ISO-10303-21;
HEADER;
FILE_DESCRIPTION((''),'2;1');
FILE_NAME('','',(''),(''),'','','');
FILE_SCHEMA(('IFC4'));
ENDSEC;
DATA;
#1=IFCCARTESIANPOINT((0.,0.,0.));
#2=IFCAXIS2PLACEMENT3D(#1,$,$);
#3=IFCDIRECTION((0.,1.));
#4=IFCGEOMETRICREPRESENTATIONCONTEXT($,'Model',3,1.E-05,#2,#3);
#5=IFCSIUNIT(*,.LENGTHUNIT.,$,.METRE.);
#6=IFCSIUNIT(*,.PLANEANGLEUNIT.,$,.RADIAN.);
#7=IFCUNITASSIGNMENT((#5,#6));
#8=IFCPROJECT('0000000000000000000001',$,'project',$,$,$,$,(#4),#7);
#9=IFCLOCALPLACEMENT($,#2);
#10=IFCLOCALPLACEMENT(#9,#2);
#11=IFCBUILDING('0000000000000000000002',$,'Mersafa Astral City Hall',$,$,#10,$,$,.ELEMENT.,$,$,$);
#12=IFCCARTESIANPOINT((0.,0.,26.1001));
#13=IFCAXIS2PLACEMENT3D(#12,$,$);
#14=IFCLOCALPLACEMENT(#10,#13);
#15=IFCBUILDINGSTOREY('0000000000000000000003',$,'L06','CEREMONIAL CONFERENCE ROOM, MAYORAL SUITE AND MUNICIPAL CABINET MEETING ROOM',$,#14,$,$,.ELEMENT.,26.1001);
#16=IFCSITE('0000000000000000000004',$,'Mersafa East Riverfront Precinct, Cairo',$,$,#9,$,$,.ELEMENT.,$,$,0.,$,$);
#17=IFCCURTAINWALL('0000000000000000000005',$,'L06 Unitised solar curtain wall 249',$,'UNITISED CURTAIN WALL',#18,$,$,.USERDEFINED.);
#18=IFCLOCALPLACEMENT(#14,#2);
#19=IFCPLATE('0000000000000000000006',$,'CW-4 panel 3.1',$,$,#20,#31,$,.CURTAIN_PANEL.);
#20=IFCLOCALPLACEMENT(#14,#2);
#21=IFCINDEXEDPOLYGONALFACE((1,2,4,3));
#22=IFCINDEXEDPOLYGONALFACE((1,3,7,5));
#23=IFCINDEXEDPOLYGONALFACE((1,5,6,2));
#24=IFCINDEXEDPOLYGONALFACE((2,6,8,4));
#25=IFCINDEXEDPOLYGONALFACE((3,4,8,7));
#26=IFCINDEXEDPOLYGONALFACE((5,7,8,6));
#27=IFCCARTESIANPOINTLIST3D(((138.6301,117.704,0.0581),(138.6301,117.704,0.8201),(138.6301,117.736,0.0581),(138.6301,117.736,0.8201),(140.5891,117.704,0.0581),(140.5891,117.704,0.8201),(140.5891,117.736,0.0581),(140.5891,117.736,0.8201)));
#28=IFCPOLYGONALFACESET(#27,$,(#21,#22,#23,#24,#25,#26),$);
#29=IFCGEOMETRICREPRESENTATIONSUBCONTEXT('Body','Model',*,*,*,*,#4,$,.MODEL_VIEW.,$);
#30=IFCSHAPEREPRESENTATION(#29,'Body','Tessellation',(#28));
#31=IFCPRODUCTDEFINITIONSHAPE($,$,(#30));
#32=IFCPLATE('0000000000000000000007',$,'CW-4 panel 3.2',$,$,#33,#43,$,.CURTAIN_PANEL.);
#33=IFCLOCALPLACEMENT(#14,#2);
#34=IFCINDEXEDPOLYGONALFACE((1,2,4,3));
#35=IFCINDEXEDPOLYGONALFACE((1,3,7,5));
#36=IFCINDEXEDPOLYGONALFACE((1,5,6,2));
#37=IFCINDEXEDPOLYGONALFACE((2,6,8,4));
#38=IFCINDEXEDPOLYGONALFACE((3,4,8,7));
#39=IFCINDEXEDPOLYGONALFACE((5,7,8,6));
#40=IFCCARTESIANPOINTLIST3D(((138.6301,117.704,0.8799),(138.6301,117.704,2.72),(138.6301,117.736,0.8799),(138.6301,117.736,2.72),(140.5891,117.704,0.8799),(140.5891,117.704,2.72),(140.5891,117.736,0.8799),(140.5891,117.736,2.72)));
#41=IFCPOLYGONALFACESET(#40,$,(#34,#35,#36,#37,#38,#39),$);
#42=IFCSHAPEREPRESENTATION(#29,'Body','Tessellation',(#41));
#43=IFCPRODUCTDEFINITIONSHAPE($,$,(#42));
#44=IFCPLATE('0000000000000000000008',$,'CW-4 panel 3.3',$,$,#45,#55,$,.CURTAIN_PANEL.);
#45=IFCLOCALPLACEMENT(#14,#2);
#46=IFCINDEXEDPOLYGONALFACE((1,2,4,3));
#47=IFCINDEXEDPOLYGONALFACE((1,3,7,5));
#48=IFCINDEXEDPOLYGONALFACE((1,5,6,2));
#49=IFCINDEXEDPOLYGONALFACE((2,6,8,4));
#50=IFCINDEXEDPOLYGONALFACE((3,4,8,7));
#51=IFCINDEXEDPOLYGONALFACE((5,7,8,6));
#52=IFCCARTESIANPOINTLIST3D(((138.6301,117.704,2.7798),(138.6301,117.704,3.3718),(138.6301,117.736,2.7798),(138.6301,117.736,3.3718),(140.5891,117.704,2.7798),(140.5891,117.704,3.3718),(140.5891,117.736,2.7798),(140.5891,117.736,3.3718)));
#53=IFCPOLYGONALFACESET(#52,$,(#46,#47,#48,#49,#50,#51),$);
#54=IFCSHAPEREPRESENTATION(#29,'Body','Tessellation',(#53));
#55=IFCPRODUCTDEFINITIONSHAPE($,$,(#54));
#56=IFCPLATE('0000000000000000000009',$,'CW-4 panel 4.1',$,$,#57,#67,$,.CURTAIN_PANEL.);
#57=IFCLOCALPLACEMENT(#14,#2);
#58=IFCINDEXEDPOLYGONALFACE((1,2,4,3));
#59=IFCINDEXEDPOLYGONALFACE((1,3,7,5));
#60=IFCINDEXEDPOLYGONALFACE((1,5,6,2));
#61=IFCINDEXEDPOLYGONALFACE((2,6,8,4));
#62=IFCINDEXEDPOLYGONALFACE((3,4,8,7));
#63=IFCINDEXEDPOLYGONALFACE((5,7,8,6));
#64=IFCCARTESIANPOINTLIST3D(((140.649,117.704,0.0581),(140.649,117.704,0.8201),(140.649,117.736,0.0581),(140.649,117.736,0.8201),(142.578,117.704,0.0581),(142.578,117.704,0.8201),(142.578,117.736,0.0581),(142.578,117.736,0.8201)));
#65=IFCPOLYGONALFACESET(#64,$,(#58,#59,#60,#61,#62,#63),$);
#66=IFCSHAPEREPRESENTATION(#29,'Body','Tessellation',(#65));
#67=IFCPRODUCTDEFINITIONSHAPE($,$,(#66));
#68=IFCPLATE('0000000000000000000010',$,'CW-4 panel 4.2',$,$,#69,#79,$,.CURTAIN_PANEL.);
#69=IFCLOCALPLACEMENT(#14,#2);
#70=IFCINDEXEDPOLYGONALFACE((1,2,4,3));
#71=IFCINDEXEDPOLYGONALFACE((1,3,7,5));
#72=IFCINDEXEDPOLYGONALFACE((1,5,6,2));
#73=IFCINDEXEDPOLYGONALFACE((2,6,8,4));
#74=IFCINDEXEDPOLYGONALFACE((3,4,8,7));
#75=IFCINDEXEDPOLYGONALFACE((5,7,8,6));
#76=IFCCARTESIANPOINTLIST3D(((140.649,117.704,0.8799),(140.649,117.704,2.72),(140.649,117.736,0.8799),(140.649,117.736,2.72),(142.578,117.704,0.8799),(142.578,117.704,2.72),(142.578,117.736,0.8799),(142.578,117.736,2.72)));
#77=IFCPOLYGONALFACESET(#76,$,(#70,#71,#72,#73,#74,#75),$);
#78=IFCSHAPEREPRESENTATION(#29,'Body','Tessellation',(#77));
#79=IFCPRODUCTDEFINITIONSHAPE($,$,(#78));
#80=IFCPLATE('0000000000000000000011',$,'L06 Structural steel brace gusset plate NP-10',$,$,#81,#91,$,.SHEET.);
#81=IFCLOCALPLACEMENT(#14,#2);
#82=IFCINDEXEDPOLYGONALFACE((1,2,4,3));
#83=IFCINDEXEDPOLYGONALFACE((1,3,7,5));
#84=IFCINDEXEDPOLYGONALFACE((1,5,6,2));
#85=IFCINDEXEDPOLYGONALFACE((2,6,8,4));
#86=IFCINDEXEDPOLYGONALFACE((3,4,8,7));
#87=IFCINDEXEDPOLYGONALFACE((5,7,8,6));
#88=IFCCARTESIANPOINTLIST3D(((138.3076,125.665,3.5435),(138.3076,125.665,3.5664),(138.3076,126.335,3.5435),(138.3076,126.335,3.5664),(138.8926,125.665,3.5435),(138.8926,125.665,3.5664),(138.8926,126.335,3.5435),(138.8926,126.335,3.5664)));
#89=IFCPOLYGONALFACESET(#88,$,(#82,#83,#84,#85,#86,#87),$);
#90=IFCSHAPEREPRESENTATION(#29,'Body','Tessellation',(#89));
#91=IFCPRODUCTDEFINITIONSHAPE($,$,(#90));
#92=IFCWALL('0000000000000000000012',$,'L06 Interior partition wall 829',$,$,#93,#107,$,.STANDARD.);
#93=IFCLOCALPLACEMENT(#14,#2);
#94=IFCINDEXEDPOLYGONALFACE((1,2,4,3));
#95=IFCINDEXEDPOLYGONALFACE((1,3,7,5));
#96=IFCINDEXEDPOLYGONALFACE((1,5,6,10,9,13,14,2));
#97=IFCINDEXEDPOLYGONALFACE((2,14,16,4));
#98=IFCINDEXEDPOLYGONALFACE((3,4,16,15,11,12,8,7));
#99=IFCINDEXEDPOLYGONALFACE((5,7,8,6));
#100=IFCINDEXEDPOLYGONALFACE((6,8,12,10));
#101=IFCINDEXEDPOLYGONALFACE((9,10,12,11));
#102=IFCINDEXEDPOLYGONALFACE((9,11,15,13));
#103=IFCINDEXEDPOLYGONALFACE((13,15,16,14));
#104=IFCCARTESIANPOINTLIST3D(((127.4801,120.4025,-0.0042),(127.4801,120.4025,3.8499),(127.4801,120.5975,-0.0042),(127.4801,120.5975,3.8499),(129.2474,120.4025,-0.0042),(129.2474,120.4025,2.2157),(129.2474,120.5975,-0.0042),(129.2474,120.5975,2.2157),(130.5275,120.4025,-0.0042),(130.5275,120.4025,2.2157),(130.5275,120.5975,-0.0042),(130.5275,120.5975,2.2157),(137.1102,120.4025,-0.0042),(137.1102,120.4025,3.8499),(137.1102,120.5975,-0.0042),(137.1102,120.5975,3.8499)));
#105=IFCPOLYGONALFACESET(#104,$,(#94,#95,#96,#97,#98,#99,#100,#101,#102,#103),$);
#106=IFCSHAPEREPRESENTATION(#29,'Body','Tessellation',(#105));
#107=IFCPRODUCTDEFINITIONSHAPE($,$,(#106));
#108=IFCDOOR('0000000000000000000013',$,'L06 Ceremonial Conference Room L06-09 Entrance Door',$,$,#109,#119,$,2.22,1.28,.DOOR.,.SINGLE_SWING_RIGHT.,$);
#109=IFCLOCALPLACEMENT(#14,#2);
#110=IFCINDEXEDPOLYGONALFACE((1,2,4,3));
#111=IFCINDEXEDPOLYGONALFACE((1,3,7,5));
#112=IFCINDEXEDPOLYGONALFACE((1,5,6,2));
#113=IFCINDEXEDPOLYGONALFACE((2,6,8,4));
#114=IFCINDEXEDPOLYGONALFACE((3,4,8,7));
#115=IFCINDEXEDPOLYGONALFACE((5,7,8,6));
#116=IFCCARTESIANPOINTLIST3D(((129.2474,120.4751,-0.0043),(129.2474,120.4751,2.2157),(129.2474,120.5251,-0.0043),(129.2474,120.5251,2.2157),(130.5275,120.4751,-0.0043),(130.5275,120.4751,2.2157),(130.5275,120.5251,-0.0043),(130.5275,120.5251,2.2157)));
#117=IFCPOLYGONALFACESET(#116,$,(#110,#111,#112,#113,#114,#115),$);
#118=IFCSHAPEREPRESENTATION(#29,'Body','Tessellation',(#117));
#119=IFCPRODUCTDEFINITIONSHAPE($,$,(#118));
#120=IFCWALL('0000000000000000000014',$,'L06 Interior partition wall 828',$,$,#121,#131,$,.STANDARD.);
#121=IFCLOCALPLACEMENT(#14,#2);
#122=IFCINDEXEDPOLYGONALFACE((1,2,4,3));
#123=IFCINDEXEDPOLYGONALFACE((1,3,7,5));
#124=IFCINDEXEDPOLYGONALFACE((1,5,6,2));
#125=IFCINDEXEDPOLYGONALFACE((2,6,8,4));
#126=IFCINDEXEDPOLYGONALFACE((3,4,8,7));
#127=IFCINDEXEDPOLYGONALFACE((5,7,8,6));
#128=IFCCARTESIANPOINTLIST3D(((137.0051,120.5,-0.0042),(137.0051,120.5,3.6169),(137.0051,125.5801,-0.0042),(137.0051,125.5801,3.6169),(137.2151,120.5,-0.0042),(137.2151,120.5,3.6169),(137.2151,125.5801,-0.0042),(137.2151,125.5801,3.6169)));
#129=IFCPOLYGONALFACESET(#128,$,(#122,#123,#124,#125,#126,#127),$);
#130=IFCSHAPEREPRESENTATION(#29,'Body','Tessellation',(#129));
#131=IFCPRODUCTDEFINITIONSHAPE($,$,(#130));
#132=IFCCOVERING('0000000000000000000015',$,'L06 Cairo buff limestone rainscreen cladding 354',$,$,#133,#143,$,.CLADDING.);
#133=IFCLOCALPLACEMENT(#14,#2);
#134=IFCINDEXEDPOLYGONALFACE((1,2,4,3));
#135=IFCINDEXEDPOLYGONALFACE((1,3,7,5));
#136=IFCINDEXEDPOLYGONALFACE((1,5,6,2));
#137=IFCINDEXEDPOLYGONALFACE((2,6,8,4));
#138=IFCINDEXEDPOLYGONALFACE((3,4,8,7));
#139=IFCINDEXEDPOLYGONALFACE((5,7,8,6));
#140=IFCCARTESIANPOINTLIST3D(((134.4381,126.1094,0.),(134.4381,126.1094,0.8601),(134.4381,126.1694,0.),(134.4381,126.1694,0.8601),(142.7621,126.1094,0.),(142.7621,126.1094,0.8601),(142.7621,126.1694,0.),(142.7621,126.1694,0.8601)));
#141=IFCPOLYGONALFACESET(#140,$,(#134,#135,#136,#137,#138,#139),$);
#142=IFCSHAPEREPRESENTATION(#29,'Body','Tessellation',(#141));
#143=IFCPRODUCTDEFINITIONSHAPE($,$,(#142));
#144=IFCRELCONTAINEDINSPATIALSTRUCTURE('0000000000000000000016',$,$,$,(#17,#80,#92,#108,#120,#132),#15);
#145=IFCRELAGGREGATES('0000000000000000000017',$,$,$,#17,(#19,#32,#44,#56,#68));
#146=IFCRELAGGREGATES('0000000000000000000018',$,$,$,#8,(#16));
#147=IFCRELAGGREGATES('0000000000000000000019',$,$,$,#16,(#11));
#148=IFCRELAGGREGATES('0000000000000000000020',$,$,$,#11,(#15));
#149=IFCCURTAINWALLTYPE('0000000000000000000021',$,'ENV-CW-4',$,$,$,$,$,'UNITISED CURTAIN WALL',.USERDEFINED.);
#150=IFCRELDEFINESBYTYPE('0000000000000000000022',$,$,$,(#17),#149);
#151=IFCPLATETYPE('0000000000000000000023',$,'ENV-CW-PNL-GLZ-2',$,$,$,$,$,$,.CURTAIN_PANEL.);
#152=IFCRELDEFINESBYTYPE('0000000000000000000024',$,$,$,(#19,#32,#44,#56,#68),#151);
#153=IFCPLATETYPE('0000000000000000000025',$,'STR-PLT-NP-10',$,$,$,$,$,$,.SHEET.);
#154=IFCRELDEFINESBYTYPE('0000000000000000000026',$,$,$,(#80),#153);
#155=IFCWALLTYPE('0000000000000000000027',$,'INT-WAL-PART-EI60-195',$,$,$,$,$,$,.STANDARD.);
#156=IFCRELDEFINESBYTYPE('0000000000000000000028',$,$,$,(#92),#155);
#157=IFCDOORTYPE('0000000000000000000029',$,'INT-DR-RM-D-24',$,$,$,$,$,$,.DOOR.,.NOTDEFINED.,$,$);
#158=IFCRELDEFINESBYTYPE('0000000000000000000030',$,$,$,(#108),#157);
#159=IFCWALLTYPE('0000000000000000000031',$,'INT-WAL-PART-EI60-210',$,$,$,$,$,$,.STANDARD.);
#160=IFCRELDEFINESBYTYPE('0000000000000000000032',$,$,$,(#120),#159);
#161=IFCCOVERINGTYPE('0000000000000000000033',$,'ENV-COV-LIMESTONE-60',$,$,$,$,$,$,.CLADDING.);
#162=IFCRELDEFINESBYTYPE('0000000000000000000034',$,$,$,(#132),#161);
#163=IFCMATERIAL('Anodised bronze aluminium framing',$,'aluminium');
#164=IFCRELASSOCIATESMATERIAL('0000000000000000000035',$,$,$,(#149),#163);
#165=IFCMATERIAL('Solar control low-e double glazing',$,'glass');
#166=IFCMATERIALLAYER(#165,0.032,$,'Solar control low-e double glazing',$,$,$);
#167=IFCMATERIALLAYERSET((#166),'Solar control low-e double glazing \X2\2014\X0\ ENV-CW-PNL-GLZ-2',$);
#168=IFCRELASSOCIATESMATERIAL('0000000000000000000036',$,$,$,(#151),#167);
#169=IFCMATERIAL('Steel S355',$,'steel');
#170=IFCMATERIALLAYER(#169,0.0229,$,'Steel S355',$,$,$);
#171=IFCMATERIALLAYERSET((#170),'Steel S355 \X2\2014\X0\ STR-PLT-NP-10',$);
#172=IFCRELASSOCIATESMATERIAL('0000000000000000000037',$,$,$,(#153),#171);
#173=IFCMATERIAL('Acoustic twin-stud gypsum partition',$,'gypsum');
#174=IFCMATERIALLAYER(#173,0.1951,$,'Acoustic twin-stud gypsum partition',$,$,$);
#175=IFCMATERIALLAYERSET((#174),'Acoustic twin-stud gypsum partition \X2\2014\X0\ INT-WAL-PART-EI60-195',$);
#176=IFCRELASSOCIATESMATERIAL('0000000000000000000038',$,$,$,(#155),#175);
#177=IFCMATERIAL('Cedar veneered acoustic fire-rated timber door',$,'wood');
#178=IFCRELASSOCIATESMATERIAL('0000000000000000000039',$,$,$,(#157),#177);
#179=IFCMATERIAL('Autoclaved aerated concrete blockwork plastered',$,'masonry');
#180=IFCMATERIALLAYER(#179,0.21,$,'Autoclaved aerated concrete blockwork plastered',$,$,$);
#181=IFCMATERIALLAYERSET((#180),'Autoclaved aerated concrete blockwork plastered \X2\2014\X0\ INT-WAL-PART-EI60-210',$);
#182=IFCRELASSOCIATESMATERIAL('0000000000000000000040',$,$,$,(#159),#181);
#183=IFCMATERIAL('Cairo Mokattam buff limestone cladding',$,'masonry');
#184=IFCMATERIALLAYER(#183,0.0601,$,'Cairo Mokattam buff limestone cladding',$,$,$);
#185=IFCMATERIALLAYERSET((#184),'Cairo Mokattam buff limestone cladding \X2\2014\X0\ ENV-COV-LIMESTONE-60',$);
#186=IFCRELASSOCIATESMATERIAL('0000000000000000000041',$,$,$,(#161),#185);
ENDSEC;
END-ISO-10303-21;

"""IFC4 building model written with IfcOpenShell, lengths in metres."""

from ifc_helpers import new_model, si_unit, direction, frame, frame_2d, origin, origin_2d, place, context, subcontext, project, spatial, rectangle, extrude, material, layer, layer_set, type_object, element, fill, aggregate, save


model = new_model("IFC4")

# Units and contexts
model_context = context("Model", 3, precision=1e-05, world=origin(), true_north=direction((0.0, 1.0)))
body_context = subcontext(model_context, "Body", "Model", "MODEL_VIEW")
ifc_project = project(units=[si_unit("LENGTHUNIT", "METRE"), si_unit("PLANEANGLEUNIT", "RADIAN")], contexts=[model_context])

# Site, building, storey
site_placement = place(None, origin())
site = spatial("IfcSite", under=ifc_project, at=site_placement, Name="Mersafa East Riverfront Precinct, Cairo", CompositionType="ELEMENT", RefElevation=0.0)
building_placement = place(site_placement, origin())
building = spatial("IfcBuilding", under=site, at=building_placement, Name="Mersafa Astral City Hall", CompositionType="ELEMENT")
storey_placement = place(building_placement, frame((0.0, 0.0, 26.1001)))
storey = spatial("IfcBuildingStorey", under=building, at=storey_placement, Name="L06", Description="CEREMONIAL CONFERENCE ROOM, MAYORAL SUITE AND MUNICIPAL CABINET MEETING ROOM", CompositionType="ELEMENT", Elevation=26.1001)

# Curtain wall, plates
ifc_material_1 = material(Name="Anodised bronze aluminium framing", Category="aluminium")
curtain_wall_type = type_object("IfcCurtainWallType", Name="ENV-CW-4", ElementType="UNITISED CURTAIN WALL", PredefinedType="USERDEFINED", material=ifc_material_1)
curtain_wall_placement = place(storey_placement, origin())
curtain_wall = element("IfcCurtainWall", 1, at=curtain_wall_placement, inside=storey, type_object=curtain_wall_type, Name="L06 Unitised solar curtain wall 249", ObjectType="UNITISED CURTAIN WALL", PredefinedType="USERDEFINED")
ifc_material_2 = material(Name="Solar control low-e double glazing", Category="glass")
ifc_layer_1 = layer(ifc_material_2, 0.032, Name="Solar control low-e double glazing")
ifc_layer_set_1 = layer_set([ifc_layer_1], Name="Solar control low-e double glazing — ENV-CW-PNL-GLZ-2")
plate_type_1 = type_object("IfcPlateType", Name="ENV-CW-PNL-GLZ-2", PredefinedType="CURTAIN_PANEL", material=ifc_layer_set_1)
plate_1_placement = place(storey_placement, frame((139.6096, 117.72, 0.0581), z_axis=(0.0, 0.0, 1.0), x_axis=(1.0, 0.0, 0.0)))
plate_1 = element("IfcPlate", 2, at=plate_1_placement, type_object=plate_type_1, Name="CW-4 panel 3.1", PredefinedType="CURTAIN_PANEL", context=body_context, shape_type="SweptSolid", body=[
    extrude(rectangle(XDim=1.959, YDim=0.032, at=origin_2d()), origin(), (0.0, 0.0, 1.0), 0.762),
])
plate_2_placement = place(storey_placement, frame((139.6096, 117.72, 0.8799), z_axis=(0.0, 0.0, 1.0), x_axis=(1.0, 0.0, 0.0)))
plate_2 = element("IfcPlate", 3, at=plate_2_placement, type_object=plate_type_1, Name="CW-4 panel 3.2", PredefinedType="CURTAIN_PANEL", context=body_context, shape_type="SweptSolid", body=[
    extrude(rectangle(XDim=1.959, YDim=0.032, at=origin_2d()), origin(), (0.0, 0.0, 1.0), 1.8401),
])
plate_3_placement = place(storey_placement, frame((139.6096, 117.72, 2.7798), z_axis=(0.0, 0.0, 1.0), x_axis=(1.0, 0.0, 0.0)))
plate_3 = element("IfcPlate", 4, at=plate_3_placement, type_object=plate_type_1, Name="CW-4 panel 3.3", PredefinedType="CURTAIN_PANEL", context=body_context, shape_type="SweptSolid", body=[
    extrude(rectangle(XDim=1.959, YDim=0.032, at=origin_2d()), origin(), (0.0, 0.0, 1.0), 0.592),
])
plate_4_placement = place(storey_placement, frame((141.6135, 117.72, 0.0581), z_axis=(0.0, 0.0, 1.0), x_axis=(1.0, 0.0, 0.0)))
plate_4 = element("IfcPlate", 5, at=plate_4_placement, type_object=plate_type_1, Name="CW-4 panel 4.1", PredefinedType="CURTAIN_PANEL", context=body_context, shape_type="SweptSolid", body=[
    extrude(rectangle(XDim=1.929, YDim=0.032, at=origin_2d()), origin(), (0.0, 0.0, 1.0), 0.762),
])
plate_5_placement = place(storey_placement, frame((141.6135, 117.72, 0.8799), z_axis=(0.0, 0.0, 1.0), x_axis=(1.0, 0.0, 0.0)))
plate_5 = element("IfcPlate", 6, at=plate_5_placement, type_object=plate_type_1, Name="CW-4 panel 4.2", PredefinedType="CURTAIN_PANEL", context=body_context, shape_type="SweptSolid", body=[
    extrude(rectangle(XDim=1.929, YDim=0.032, at=origin_2d()), origin(), (0.0, 0.0, 1.0), 1.8401),
])
aggregate(curtain_wall, [plate_1, plate_2, plate_3, plate_4, plate_5])

# Plate
ifc_material_3 = material(Name="Steel S355", Category="steel")
ifc_layer_2 = layer(ifc_material_3, 0.0229, Name="Steel S355")
ifc_layer_set_2 = layer_set([ifc_layer_2], Name="Steel S355 — STR-PLT-NP-10")
plate_type_2 = type_object("IfcPlateType", Name="STR-PLT-NP-10", PredefinedType="SHEET", material=ifc_layer_set_2)
plate_6_placement = place(storey_placement, frame((138.6001, 126.0, 3.5435), z_axis=(0.0, 0.0, 1.0), x_axis=(1.0, 0.0, 0.0)))
element("IfcPlate", 7, at=plate_6_placement, inside=storey, type_object=plate_type_2, Name="L06 Structural steel brace gusset plate NP-10", PredefinedType="SHEET", context=body_context, shape_type="SweptSolid", body=[
    extrude(rectangle(XDim=0.585, YDim=0.6699, at=origin_2d()), origin(), (0.0, 0.0, 1.0), 0.0229),
])

# Wall, opening, door
ifc_material_4 = material(Name="Acoustic twin-stud gypsum partition", Category="gypsum")
ifc_layer_3 = layer(ifc_material_4, 0.1951, Name="Acoustic twin-stud gypsum partition")
ifc_layer_set_3 = layer_set([ifc_layer_3], Name="Acoustic twin-stud gypsum partition — INT-WAL-PART-EI60-195")
wall_type_1 = type_object("IfcWallType", Name="INT-WAL-PART-EI60-195", PredefinedType="STANDARD", material=ifc_layer_set_3)
wall_1_placement = place(storey_placement, frame((137.1101, 120.5, -0.0042), z_axis=(0.0, 0.0, 1.0), x_axis=(-1.0, 0.0, 0.0)))
wall_1 = element("IfcWall", 8, at=wall_1_placement, inside=storey, type_object=wall_type_1, Name="L06 Interior partition wall 829", PredefinedType="STANDARD", context=body_context, shape_type="SweptSolid", body=[
    extrude(rectangle(XDim=9.6301, YDim=0.1951, at=frame_2d((4.8149, 0.0))), origin(), (0.0, 0.0, 1.0), 3.854),
])
opening_placement = place(wall_1_placement, frame((6.5825, 0.0, 0.0)))
opening = element("IfcOpeningElement", 9, at=opening_placement, cuts=wall_1, PredefinedType="OPENING", context=body_context, shape_type="SweptSolid", body=[
    extrude(rectangle(XDim=1.28, YDim=2.22, at=frame_2d((0.6401, 1.1099))), frame((0.0, 0.1074, 0.0), z_axis=(0.0, -1.0, 0.0), x_axis=(1.0, 0.0, 0.0)), (0.0, 0.0, 1.0), 0.2151),
])
ifc_material_5 = material(Name="Cedar veneered acoustic fire-rated timber door", Category="wood")
door_type = type_object("IfcDoorType", Name="INT-DR-RM-D-24", OperationType="NOTDEFINED", PredefinedType="DOOR", material=ifc_material_5)
door_placement = place(opening_placement, origin())
door = element("IfcDoor", 10, at=door_placement, inside=storey, type_object=door_type, Name="L06 Ceremonial Conference Room L06-09 Entrance Door", OperationType="SINGLE_SWING_RIGHT", OverallHeight=2.22, OverallWidth=1.28, PredefinedType="DOOR", context=body_context, shape_type="SweptSolid", body=[
    extrude(rectangle(XDim=1.28, YDim=2.22, at=frame_2d((0.6401, 1.1099))), frame((0.0, 0.0249, 0.0), z_axis=(0.0, -1.0, 0.0), x_axis=(1.0, 0.0, 0.0)), (0.0, 0.0, 1.0), 0.05),
])
fill(opening, door)

# Wall
ifc_material_6 = material(Name="Autoclaved aerated concrete blockwork plastered", Category="masonry")
ifc_layer_4 = layer(ifc_material_6, 0.21, Name="Autoclaved aerated concrete blockwork plastered")
ifc_layer_set_4 = layer_set([ifc_layer_4], Name="Autoclaved aerated concrete blockwork plastered — INT-WAL-PART-EI60-210")
wall_type_2 = type_object("IfcWallType", Name="INT-WAL-PART-EI60-210", PredefinedType="STANDARD", material=ifc_layer_set_4)
wall_2_placement = place(storey_placement, frame((137.1101, 125.5801, -0.0042), z_axis=(0.0, 0.0, 1.0), x_axis=(0.0, -1.0, 0.0)))
element("IfcWall", 11, at=wall_2_placement, inside=storey, type_object=wall_type_2, Name="L06 Interior partition wall 828", PredefinedType="STANDARD", context=body_context, shape_type="SweptSolid", body=[
    extrude(rectangle(XDim=5.0801, YDim=0.21, at=frame_2d((2.54, 0.0))), origin(), (0.0, 0.0, 1.0), 3.6211),
])

# Covering
ifc_material_7 = material(Name="Cairo Mokattam buff limestone cladding", Category="masonry")
ifc_layer_5 = layer(ifc_material_7, 0.0601, Name="Cairo Mokattam buff limestone cladding")
ifc_layer_set_5 = layer_set([ifc_layer_5], Name="Cairo Mokattam buff limestone cladding — ENV-COV-LIMESTONE-60")
covering_type = type_object("IfcCoveringType", Name="ENV-COV-LIMESTONE-60", PredefinedType="CLADDING", material=ifc_layer_set_5)
covering_placement = place(storey_placement, frame((138.6001, 126.1394, 0.0), z_axis=(0.0, 0.0, 1.0), x_axis=(-1.0, 0.0, 0.0)))
element("IfcCovering", 12, at=covering_placement, inside=storey, type_object=covering_type, Name="L06 Cairo buff limestone rainscreen cladding 354", PredefinedType="CLADDING", context=body_context, shape_type="SweptSolid", body=[
    extrude(rectangle(XDim=8.324, YDim=0.0601, at=origin_2d()), origin(), (0.0, 0.0, 1.0), 0.8601),
])

save(model, "model.ifc")
